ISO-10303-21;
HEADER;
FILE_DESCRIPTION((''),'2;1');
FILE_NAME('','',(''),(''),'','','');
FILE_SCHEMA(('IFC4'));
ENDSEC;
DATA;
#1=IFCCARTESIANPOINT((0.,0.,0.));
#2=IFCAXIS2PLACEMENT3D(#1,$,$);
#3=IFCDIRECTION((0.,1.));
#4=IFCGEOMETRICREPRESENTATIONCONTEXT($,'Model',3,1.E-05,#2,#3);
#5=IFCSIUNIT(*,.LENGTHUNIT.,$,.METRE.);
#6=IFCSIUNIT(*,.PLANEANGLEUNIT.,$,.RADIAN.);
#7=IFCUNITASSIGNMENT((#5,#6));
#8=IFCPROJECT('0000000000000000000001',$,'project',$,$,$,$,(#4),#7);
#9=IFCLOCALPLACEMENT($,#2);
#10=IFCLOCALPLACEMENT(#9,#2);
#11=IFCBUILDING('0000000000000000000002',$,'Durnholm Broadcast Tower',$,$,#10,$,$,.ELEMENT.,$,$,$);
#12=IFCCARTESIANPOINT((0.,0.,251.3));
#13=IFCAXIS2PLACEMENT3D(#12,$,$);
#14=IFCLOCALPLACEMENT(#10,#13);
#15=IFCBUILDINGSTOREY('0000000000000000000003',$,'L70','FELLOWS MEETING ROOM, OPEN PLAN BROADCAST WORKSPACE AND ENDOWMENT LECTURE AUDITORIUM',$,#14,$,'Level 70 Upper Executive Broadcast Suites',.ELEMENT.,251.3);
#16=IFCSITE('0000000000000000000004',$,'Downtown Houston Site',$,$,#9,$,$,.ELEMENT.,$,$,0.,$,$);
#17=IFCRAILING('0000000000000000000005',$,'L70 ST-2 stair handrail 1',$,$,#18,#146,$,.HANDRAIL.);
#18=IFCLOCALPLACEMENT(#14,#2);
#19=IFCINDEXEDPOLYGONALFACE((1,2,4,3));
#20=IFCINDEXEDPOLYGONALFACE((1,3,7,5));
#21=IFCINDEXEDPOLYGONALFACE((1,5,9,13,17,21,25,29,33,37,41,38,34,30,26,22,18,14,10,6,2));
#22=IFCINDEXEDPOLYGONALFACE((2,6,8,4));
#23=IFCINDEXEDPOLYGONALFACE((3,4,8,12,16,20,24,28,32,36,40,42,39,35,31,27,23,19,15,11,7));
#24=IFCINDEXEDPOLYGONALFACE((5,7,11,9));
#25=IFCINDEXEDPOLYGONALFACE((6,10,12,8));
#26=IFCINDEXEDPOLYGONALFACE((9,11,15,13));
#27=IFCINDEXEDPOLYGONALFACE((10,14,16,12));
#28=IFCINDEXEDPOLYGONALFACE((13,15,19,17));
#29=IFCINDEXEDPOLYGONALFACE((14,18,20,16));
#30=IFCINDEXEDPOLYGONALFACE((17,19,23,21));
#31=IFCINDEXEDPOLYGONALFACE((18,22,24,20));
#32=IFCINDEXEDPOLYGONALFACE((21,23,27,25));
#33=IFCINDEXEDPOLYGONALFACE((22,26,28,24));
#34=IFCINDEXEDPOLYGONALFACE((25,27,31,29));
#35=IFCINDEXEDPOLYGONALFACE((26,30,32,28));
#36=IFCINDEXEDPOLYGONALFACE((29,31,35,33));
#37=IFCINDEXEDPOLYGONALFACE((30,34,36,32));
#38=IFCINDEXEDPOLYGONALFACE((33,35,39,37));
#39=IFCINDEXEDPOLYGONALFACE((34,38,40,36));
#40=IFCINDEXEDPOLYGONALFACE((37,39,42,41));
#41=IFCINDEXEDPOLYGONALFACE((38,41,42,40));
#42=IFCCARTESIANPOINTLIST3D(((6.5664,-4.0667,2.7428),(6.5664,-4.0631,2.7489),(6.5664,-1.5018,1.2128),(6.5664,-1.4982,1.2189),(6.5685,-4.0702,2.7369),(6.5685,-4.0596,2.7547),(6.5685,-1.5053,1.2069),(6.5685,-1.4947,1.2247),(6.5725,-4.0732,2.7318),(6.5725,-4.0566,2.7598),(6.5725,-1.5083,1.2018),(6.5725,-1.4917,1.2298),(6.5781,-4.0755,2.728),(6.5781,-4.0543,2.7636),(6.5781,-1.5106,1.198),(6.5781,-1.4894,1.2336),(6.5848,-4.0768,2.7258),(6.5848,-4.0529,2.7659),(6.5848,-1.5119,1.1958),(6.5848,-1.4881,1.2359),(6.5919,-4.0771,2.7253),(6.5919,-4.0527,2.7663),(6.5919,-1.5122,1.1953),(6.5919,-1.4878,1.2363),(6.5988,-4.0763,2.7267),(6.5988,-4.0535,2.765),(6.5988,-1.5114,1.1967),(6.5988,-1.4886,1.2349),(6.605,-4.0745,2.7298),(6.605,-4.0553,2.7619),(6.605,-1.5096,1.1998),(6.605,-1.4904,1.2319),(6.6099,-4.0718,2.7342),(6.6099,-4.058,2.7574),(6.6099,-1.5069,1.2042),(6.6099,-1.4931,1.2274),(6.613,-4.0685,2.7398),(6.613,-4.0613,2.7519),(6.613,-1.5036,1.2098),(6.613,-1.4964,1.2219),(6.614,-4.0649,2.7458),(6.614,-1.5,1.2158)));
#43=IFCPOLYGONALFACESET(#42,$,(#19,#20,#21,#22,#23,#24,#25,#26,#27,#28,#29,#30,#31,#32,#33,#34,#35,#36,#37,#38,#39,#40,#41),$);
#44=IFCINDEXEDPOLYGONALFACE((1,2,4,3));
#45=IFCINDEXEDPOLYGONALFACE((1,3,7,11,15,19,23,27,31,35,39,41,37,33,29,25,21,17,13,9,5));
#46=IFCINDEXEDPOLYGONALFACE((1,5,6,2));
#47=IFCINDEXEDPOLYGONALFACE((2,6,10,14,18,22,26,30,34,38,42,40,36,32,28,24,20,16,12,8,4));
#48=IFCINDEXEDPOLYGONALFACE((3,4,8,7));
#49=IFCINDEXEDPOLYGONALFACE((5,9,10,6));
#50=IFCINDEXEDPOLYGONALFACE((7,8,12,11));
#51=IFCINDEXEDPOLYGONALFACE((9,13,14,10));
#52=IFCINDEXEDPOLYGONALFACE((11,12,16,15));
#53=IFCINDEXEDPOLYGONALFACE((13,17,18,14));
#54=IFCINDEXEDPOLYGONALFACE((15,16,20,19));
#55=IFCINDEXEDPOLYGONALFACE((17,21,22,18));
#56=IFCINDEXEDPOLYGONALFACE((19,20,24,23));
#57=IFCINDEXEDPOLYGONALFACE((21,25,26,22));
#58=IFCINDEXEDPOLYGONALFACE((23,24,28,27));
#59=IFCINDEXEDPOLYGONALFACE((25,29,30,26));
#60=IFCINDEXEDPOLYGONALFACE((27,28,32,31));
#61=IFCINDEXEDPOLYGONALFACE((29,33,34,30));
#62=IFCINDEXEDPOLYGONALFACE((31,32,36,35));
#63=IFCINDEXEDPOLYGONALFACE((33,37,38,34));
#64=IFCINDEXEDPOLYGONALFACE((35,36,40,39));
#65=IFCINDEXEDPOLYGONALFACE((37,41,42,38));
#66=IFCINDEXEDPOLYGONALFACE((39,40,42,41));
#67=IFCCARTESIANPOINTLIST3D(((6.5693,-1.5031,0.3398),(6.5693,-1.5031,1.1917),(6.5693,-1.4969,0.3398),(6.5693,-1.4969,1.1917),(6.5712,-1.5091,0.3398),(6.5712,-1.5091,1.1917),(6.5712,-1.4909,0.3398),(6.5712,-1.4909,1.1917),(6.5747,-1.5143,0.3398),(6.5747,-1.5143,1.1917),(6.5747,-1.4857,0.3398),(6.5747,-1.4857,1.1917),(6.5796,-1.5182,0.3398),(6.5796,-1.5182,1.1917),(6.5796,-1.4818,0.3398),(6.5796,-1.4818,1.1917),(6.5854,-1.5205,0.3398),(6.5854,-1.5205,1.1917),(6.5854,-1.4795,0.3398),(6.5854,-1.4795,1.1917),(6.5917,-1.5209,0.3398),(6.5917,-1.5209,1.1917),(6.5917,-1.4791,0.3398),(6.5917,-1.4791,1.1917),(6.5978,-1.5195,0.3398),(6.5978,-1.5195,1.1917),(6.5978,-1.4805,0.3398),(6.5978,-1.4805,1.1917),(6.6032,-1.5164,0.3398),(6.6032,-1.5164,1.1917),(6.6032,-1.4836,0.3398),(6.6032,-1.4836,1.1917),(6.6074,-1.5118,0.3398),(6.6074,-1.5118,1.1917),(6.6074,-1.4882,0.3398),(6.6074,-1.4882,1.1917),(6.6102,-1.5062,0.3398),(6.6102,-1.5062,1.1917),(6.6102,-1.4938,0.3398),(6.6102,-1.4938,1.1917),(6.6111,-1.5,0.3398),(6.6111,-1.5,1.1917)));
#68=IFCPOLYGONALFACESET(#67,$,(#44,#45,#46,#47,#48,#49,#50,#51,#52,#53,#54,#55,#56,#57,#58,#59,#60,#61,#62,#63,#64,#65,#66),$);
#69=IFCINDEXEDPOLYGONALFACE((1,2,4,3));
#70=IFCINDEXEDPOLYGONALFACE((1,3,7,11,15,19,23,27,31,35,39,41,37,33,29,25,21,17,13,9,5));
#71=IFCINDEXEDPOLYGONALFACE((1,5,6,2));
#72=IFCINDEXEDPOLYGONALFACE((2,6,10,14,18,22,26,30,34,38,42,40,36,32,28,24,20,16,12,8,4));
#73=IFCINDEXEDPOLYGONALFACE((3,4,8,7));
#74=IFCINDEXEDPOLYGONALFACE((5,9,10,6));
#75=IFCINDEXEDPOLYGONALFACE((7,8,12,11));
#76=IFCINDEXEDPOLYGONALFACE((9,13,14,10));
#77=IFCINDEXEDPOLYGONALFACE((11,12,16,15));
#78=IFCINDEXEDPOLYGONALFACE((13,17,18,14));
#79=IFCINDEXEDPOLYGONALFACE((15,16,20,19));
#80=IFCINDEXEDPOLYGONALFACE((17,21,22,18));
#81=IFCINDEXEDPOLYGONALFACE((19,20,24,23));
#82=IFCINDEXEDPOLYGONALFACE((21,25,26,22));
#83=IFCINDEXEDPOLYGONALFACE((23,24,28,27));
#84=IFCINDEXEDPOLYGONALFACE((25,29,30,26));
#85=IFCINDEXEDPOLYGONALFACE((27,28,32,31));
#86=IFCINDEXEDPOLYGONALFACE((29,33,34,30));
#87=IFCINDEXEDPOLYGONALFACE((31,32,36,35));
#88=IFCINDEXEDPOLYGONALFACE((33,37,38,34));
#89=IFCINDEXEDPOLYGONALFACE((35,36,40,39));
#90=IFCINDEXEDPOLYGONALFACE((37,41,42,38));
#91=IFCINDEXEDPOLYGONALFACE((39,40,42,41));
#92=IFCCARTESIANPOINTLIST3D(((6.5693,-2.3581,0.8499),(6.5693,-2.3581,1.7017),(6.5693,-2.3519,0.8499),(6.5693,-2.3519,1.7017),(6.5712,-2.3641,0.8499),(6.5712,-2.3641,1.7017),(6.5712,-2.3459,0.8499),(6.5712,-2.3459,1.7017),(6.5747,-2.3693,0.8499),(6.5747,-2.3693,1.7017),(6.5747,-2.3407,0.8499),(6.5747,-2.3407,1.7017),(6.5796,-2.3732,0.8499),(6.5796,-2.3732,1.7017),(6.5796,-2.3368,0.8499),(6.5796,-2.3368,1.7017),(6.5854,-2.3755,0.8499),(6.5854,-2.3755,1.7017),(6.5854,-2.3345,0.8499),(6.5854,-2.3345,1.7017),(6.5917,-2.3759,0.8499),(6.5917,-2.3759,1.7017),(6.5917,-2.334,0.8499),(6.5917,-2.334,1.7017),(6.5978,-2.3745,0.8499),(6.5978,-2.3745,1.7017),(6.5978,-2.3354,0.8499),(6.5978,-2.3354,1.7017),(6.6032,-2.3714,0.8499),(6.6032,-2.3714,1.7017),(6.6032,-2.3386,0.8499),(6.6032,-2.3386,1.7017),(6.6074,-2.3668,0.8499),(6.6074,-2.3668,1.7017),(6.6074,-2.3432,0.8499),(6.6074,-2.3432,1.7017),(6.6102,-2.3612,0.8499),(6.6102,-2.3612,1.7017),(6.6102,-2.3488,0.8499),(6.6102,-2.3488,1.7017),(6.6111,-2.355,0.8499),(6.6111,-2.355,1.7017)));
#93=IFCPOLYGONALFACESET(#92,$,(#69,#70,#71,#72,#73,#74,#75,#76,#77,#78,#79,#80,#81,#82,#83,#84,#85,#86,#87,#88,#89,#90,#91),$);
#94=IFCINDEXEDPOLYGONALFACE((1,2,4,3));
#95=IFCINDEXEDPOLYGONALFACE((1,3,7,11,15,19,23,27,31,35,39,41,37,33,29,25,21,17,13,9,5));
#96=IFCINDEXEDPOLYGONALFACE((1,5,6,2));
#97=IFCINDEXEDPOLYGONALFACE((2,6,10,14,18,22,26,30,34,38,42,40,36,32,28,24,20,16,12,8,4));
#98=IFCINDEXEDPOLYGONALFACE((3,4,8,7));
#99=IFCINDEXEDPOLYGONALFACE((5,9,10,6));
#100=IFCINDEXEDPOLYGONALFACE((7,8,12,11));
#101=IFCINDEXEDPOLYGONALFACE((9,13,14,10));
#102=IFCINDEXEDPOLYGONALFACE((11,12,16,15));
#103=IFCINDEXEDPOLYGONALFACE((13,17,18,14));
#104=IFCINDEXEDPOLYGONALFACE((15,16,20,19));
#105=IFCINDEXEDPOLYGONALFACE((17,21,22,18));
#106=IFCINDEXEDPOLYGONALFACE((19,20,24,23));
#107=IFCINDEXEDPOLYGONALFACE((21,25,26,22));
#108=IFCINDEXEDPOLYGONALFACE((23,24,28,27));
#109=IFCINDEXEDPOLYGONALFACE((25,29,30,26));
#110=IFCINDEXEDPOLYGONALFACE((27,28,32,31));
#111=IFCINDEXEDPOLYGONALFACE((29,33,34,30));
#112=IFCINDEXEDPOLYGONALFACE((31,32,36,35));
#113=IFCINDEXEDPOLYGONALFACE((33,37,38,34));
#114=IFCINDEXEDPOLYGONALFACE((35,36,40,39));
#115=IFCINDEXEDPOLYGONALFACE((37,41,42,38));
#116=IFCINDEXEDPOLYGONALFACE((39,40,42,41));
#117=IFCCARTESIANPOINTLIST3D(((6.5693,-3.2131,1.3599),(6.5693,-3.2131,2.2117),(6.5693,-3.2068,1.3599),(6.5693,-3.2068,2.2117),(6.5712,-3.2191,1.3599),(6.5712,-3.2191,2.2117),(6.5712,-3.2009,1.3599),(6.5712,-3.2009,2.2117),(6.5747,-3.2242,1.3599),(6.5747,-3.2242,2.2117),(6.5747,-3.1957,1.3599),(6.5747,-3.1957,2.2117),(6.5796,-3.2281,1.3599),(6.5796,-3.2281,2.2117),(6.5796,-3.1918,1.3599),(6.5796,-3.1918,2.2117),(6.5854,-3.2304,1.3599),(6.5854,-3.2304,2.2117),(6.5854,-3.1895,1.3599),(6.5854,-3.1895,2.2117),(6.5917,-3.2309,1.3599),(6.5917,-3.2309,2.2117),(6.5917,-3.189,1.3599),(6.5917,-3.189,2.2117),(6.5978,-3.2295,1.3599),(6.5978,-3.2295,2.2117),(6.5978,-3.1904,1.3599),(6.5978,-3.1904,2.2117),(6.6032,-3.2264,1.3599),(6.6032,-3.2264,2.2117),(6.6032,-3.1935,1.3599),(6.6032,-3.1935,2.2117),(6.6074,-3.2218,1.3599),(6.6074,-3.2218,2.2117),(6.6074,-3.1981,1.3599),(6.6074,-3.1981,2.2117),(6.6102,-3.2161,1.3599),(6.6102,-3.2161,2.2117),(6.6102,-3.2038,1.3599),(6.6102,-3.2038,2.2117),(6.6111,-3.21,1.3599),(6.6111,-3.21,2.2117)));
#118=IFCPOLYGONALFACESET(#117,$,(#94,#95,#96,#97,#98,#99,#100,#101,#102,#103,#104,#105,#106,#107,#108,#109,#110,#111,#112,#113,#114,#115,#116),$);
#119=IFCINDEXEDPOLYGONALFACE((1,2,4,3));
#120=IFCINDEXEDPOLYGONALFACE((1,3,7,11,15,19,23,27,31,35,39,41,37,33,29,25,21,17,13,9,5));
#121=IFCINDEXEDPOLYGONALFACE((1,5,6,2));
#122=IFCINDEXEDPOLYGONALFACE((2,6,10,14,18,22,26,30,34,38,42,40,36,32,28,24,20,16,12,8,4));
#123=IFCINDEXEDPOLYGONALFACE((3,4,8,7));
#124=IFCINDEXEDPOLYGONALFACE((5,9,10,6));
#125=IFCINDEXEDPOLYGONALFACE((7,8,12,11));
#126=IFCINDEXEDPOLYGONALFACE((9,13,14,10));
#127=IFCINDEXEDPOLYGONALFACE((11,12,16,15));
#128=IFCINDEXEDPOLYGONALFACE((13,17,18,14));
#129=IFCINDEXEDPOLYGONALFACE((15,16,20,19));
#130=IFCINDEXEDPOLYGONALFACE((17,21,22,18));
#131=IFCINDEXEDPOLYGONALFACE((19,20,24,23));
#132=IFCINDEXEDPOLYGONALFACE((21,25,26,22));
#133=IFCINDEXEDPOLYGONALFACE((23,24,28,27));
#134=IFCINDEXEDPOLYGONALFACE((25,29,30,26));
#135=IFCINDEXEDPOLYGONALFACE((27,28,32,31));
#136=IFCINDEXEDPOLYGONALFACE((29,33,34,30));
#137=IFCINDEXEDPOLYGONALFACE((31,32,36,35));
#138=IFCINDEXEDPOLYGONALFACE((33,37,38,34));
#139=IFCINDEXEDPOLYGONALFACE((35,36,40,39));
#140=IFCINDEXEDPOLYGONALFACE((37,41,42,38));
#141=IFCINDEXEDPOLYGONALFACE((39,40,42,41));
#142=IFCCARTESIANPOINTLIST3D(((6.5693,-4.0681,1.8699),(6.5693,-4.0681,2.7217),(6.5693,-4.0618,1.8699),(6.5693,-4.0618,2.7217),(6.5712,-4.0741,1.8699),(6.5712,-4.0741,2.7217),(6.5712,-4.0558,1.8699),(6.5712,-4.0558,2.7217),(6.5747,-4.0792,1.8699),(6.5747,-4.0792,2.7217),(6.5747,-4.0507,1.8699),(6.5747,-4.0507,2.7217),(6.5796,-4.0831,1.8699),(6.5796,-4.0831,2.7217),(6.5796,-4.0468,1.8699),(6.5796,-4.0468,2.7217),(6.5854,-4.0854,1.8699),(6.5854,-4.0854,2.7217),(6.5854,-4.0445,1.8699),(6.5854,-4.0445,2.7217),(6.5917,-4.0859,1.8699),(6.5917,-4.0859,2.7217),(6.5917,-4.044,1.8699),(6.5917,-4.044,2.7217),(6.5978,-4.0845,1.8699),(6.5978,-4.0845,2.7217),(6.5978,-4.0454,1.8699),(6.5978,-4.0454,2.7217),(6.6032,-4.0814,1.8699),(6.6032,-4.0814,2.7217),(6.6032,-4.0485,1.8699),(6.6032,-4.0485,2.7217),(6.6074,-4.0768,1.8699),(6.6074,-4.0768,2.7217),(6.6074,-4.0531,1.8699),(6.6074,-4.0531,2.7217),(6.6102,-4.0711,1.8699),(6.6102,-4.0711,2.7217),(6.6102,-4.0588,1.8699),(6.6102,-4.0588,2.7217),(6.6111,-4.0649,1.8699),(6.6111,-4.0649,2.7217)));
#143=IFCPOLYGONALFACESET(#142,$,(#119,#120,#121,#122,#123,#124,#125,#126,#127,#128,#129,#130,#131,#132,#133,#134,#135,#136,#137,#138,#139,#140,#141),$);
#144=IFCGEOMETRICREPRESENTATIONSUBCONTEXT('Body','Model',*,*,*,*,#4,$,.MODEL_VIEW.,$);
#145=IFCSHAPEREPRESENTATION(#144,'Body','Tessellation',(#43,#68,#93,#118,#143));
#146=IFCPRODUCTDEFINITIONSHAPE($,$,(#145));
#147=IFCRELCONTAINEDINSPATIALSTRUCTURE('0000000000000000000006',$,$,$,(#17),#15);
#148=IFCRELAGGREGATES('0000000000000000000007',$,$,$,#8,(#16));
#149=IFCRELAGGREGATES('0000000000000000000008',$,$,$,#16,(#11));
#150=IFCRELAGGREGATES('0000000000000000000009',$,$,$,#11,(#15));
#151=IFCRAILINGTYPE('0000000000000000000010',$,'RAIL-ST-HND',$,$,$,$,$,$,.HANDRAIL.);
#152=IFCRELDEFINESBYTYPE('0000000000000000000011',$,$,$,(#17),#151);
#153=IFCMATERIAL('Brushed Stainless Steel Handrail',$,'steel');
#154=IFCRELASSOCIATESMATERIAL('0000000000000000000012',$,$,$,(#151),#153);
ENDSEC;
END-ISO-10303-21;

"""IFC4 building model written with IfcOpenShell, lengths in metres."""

from ifc_helpers import new_model, si_unit, direction, frame, origin, origin_2d, place, context, subcontext, project, spatial, circle, extrude, material, type_object, element, save


model = new_model("IFC4")

# Units and contexts
model_context = context("Model", 3, precision=1e-05, world=origin(), true_north=direction((0.0, 1.0)))
body_context = subcontext(model_context, "Body", "Model", "MODEL_VIEW")
ifc_project = project(units=[si_unit("LENGTHUNIT", "METRE"), si_unit("PLANEANGLEUNIT", "RADIAN")], contexts=[model_context])

# Site, building, storey
site_placement = place(None, origin())
site = spatial("IfcSite", under=ifc_project, at=site_placement, Name="Downtown Houston Site", CompositionType="ELEMENT", RefElevation=0.0)
building_placement = place(site_placement, origin())
building = spatial("IfcBuilding", under=site, at=building_placement, Name="Durnholm Broadcast Tower", CompositionType="ELEMENT")
storey_placement = place(building_placement, frame((0.0, 0.0, 251.3)))
storey = spatial("IfcBuildingStorey", under=building, at=storey_placement, Name="L70", Description="FELLOWS MEETING ROOM, OPEN PLAN BROADCAST WORKSPACE AND ENDOWMENT LECTURE AUDITORIUM", LongName="Level 70 Upper Executive Broadcast Suites", CompositionType="ELEMENT", Elevation=251.3)

# Railing
ifc_material_1 = material(Name="Brushed Stainless Steel Handrail", Category="steel")
railing_type_1 = type_object("IfcRailingType", Name="RAIL-ST-HND", PredefinedType="HANDRAIL", material=ifc_material_1)
railing_1_placement = place(storey_placement, frame((6.5901, -1.5, 0.3398)))
element("IfcRailing", 1, at=railing_1_placement, inside=storey, type_object=railing_type_1, Name="L70 ST-2 stair handrail 1", PredefinedType="HANDRAIL", context=body_context, shape_type="SweptSolid", body=[
    extrude(circle(Radius=0.0239, at=origin_2d()), frame((0.0, 0.0, 0.876), z_axis=(0.0, -0.85881, 0.512294), x_axis=(1.0, 0.0, 0.0)), (0.0, 0.0, 1.0), 2.9866),
    extrude(circle(Radius=0.021, at=origin_2d()), origin(), (0.0, 0.0, 1.0), 0.8518),
    extrude(circle(Radius=0.021, at=origin_2d()), frame((0.0, -0.855, 0.51)), (0.0, 0.0, 1.0), 0.8518),
    extrude(circle(Radius=0.021, at=origin_2d()), frame((0.0, -1.71, 1.02)), (0.0, 0.0, 1.0), 0.8518),
    extrude(circle(Radius=0.021, at=origin_2d()), frame((0.0, -2.5649, 1.53)), (0.0, 0.0, 1.0), 0.8518),
])

save(model, "model.ifc")
